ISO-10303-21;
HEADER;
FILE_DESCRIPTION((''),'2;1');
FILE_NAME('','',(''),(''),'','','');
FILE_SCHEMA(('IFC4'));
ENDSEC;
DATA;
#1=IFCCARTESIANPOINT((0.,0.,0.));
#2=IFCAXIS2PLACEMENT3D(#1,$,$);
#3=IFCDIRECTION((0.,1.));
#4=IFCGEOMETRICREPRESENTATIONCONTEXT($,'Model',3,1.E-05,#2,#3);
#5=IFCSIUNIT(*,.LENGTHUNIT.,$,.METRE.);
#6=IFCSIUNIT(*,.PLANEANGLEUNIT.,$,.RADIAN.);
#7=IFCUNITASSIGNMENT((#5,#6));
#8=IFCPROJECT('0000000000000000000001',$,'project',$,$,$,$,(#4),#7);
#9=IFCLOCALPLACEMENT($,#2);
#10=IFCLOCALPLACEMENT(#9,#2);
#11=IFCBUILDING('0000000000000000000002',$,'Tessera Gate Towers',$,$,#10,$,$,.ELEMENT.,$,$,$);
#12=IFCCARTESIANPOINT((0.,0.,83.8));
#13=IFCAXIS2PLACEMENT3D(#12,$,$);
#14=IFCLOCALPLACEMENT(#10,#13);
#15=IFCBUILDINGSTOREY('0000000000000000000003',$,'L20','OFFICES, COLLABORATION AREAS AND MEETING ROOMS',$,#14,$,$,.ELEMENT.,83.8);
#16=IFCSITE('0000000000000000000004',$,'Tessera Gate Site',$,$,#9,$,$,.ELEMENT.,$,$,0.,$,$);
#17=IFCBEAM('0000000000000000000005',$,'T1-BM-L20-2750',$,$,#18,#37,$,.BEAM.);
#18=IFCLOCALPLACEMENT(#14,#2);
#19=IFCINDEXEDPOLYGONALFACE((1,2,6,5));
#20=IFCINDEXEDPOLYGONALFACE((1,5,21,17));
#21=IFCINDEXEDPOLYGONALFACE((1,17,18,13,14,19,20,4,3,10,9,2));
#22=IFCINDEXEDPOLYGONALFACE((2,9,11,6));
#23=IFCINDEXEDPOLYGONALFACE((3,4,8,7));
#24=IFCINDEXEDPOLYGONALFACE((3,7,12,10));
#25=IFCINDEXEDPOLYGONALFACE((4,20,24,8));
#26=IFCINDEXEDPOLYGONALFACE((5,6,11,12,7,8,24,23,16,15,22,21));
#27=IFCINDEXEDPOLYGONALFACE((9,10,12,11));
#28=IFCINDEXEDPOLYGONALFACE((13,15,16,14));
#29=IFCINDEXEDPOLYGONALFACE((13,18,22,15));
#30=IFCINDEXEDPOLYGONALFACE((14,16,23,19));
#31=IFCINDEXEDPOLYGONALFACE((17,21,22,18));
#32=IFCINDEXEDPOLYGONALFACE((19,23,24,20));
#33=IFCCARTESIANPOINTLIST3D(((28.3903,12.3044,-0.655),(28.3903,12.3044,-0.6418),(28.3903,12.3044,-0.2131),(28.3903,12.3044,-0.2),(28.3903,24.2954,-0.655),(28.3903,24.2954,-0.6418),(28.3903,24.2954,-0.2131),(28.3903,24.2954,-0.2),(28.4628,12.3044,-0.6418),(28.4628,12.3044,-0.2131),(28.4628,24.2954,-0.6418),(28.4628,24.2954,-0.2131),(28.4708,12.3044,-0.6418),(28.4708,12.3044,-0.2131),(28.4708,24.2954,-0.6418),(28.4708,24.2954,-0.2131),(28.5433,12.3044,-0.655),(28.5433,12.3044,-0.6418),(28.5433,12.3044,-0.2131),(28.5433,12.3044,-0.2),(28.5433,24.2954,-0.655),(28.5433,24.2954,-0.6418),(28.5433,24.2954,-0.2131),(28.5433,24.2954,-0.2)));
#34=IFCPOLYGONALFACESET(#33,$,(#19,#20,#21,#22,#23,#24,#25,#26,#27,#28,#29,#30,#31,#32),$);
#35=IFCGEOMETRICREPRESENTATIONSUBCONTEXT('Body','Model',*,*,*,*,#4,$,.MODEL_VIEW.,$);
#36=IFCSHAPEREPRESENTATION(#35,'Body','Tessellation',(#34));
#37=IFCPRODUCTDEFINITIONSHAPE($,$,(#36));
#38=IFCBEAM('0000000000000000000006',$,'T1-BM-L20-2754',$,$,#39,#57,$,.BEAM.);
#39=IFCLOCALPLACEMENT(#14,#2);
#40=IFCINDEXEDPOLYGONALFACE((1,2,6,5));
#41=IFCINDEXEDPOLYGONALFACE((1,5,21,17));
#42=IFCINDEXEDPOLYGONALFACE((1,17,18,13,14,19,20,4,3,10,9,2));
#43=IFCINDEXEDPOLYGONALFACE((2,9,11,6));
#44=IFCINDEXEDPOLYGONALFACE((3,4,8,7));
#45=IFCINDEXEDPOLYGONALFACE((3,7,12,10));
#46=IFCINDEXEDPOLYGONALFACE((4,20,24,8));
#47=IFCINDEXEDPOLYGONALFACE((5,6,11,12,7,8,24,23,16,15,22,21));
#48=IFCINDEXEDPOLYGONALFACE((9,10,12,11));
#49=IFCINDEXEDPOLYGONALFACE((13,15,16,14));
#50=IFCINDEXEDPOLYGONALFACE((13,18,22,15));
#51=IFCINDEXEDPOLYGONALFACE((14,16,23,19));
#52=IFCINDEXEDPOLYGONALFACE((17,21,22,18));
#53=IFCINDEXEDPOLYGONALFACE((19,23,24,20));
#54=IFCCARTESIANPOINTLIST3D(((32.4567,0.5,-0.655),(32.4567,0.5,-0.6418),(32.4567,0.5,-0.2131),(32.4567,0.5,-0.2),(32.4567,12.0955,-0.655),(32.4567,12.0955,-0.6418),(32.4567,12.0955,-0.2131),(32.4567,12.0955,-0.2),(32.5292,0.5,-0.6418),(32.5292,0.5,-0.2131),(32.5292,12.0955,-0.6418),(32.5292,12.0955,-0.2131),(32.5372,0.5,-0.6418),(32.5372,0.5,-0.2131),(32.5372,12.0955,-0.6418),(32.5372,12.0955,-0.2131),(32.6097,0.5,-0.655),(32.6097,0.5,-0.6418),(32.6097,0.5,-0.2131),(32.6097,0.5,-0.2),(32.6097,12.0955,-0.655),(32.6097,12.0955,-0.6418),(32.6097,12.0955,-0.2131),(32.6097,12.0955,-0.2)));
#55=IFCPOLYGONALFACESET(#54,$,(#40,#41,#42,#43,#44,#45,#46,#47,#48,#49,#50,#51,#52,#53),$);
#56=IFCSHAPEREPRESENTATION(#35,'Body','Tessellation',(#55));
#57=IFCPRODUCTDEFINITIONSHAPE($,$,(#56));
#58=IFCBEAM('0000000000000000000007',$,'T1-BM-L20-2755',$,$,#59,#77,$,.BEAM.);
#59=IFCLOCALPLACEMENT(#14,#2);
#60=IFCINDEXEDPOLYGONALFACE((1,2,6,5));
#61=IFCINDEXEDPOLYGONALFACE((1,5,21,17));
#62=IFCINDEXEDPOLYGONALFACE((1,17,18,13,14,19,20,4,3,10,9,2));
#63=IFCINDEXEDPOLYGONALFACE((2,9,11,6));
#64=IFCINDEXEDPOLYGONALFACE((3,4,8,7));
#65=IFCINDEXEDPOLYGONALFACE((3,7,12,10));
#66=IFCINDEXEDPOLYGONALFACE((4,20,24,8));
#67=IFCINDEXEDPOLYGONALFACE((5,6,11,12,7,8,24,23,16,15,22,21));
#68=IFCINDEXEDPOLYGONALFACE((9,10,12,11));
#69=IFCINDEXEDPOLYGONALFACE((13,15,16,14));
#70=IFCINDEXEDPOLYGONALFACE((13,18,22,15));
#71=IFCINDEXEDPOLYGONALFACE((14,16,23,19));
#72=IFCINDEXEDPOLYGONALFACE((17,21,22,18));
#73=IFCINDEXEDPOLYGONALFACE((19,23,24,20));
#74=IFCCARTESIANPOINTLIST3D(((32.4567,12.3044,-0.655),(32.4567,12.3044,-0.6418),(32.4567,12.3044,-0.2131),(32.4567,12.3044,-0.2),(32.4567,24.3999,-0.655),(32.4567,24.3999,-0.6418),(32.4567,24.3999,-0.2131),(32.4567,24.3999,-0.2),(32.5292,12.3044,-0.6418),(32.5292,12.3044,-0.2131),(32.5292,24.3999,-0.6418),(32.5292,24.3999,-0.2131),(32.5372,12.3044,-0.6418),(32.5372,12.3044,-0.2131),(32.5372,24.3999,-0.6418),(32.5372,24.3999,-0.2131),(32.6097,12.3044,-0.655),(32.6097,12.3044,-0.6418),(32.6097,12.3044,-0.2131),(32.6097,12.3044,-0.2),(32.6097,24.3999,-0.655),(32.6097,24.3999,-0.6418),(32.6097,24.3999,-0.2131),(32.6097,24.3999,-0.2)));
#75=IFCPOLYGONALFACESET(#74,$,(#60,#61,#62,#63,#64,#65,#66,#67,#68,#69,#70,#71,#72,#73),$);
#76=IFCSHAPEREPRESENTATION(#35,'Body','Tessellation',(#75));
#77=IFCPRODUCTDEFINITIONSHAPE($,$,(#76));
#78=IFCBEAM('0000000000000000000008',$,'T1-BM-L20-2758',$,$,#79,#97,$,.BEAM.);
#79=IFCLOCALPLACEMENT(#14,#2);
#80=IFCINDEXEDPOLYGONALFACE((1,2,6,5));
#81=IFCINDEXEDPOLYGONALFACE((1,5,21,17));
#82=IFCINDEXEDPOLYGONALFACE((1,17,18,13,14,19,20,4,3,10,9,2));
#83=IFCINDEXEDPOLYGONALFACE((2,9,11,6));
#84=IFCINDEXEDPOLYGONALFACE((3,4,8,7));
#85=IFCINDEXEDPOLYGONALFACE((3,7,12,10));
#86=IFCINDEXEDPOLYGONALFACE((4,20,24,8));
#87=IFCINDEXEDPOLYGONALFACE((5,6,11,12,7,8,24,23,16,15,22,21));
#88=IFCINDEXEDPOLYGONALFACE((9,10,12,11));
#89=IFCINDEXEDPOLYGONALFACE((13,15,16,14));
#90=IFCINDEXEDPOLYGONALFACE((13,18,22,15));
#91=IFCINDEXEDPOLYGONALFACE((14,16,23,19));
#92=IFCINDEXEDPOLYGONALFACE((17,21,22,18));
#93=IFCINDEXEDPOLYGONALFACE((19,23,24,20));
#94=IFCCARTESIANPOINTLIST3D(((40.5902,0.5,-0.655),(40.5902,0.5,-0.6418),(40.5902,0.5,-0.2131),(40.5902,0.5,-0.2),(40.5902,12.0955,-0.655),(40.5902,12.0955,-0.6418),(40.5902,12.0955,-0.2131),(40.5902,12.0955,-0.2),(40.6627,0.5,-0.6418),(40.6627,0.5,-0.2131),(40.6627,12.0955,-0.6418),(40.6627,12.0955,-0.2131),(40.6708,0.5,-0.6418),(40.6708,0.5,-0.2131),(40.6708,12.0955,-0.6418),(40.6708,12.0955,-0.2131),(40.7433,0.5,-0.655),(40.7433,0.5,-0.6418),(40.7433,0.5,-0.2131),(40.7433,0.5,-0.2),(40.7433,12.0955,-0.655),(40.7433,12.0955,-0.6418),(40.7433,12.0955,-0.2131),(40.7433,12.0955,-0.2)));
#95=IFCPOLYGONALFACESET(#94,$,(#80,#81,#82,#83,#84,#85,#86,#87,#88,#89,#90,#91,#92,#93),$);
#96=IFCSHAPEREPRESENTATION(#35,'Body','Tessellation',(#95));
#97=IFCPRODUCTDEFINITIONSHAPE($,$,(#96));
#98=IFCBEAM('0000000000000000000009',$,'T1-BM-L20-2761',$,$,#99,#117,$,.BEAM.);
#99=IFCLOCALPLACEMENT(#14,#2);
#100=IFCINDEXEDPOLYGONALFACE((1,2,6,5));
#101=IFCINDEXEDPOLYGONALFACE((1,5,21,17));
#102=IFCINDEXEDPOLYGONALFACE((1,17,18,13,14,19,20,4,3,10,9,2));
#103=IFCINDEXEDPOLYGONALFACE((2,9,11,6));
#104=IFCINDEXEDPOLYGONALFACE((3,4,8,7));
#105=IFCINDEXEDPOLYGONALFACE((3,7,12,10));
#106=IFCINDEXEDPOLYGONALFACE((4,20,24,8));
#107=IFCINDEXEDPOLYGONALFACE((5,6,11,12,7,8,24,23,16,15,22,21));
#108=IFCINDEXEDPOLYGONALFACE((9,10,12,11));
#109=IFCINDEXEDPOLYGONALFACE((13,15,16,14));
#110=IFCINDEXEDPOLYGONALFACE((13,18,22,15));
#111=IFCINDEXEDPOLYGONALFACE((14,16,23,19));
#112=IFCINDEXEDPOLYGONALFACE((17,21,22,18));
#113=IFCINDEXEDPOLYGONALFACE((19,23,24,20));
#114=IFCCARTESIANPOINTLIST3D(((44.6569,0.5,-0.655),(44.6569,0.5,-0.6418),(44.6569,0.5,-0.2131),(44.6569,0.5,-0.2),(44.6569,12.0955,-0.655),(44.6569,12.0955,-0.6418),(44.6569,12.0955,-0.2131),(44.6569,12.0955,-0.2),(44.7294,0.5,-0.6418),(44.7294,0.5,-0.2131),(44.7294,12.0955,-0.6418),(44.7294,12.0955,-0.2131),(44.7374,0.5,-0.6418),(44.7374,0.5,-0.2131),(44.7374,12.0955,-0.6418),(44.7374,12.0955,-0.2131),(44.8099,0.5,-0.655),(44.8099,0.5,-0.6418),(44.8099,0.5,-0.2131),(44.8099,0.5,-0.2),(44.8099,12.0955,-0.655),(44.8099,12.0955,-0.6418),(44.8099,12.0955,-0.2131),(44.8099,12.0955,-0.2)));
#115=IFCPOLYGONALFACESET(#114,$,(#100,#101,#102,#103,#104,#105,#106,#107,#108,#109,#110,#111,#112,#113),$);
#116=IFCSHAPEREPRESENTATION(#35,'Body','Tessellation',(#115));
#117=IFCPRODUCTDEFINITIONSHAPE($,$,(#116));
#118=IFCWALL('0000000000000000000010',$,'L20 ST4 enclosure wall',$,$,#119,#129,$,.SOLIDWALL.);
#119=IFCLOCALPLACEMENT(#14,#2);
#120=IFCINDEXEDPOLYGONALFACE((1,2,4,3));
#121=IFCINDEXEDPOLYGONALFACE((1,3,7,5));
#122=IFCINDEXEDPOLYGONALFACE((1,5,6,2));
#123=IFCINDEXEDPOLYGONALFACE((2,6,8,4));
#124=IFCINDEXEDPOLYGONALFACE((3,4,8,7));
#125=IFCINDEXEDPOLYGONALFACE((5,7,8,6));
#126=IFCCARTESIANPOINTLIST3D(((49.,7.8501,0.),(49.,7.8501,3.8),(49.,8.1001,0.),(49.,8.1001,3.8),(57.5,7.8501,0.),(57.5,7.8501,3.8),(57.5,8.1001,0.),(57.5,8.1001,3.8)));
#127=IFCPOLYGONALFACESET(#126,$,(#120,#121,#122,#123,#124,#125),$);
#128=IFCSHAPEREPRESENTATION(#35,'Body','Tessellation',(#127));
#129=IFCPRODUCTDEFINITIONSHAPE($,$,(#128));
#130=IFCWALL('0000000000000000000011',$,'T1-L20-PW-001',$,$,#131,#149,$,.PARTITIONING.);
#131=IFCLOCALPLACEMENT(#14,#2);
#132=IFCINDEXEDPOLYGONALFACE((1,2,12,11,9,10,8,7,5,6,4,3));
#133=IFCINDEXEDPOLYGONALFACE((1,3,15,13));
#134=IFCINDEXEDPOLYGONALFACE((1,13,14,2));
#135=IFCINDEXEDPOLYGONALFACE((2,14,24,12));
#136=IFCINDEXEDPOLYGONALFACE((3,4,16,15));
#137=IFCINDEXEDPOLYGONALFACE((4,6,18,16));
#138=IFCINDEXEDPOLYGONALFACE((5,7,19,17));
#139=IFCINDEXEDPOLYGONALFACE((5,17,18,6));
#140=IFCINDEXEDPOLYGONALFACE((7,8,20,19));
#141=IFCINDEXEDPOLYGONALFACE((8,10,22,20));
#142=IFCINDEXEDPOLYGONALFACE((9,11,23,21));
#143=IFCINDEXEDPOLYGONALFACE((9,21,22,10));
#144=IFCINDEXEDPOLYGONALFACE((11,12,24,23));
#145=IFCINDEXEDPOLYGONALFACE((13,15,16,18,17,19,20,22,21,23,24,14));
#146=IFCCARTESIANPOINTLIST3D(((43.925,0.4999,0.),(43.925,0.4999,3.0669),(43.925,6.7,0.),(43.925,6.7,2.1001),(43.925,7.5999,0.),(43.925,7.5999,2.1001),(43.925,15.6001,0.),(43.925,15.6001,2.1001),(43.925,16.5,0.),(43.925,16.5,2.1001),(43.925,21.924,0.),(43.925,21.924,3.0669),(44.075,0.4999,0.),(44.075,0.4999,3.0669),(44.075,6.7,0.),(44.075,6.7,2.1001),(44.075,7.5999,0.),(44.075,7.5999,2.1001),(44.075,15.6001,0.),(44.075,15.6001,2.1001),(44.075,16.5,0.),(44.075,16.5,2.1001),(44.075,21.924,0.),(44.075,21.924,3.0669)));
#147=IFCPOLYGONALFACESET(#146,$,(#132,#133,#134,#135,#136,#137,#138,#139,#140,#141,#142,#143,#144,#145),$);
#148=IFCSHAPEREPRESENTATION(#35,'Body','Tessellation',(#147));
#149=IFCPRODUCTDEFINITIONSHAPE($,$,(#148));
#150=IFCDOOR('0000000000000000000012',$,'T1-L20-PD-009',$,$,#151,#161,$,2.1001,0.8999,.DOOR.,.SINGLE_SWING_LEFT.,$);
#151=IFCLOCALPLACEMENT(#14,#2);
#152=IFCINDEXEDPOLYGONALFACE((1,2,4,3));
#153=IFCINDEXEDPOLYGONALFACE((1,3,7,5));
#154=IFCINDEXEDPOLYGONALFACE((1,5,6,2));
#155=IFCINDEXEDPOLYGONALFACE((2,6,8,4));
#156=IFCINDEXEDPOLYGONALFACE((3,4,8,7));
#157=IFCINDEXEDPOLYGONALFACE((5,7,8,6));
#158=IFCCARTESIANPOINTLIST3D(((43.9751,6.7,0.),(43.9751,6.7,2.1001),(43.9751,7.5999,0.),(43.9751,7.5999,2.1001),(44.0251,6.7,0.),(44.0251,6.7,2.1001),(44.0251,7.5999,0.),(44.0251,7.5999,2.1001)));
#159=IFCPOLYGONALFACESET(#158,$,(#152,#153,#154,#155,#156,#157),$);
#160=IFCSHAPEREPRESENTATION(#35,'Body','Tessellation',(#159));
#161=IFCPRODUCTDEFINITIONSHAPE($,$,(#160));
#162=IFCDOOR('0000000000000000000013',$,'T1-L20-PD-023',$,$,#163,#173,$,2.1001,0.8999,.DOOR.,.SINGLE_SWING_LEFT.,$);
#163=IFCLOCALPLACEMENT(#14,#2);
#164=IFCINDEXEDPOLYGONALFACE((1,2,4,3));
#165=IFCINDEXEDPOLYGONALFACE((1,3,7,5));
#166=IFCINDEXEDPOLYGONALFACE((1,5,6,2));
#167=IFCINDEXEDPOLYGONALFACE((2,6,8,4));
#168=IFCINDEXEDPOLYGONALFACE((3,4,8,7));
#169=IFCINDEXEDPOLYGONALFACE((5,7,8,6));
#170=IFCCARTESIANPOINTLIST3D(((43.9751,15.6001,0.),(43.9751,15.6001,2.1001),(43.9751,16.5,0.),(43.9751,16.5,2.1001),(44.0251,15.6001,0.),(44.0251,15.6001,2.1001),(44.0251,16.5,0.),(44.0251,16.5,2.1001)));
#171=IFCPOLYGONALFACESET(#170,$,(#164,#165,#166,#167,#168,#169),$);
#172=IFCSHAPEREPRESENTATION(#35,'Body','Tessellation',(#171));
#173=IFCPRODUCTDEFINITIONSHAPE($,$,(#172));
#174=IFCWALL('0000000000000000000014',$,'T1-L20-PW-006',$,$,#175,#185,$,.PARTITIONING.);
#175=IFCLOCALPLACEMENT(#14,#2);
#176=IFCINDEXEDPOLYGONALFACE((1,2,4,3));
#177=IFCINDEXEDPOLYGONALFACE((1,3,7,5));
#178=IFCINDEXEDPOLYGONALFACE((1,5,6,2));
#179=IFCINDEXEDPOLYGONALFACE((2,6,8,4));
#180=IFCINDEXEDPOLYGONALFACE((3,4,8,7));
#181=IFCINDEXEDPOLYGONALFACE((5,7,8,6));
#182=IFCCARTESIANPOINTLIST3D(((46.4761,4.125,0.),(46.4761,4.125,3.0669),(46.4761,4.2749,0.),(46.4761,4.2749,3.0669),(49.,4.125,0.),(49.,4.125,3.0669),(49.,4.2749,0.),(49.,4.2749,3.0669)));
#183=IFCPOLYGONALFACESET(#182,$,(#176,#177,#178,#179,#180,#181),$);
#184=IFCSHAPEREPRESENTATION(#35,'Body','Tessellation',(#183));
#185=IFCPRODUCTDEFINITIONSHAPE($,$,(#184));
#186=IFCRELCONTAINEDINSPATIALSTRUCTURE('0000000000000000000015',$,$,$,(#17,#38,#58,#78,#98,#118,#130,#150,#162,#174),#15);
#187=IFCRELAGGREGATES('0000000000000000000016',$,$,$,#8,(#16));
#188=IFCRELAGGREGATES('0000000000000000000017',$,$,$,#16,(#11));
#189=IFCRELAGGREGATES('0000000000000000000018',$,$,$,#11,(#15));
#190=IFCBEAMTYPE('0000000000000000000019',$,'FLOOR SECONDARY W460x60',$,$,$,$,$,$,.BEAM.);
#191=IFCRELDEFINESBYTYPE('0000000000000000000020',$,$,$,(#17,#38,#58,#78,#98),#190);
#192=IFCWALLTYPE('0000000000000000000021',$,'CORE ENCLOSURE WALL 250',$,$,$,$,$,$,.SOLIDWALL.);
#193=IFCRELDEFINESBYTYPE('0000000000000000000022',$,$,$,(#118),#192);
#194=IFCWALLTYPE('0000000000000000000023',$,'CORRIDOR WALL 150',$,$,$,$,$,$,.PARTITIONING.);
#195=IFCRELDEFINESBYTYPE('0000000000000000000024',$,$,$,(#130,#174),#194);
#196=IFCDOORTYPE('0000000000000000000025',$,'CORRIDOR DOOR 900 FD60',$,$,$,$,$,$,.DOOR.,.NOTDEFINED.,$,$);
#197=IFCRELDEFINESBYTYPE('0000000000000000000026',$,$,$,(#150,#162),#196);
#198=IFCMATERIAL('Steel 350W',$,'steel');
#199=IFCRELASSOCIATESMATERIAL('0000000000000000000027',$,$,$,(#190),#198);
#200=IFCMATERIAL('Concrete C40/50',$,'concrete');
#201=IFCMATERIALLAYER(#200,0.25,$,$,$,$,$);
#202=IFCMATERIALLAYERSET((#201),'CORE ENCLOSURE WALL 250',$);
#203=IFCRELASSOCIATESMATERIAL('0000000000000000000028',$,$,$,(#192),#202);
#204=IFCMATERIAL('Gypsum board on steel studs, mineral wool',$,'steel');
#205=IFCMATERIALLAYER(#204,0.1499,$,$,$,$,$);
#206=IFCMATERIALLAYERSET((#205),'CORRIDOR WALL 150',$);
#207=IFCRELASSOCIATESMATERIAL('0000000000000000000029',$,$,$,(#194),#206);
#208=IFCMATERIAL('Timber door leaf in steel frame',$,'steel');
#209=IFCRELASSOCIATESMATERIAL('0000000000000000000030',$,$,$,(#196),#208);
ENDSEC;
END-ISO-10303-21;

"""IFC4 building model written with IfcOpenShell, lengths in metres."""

from ifc_helpers import new_model, si_unit, direction, frame, frame_2d, origin, origin_2d, place, context, subcontext, project, spatial, rectangle, i_section, extrude, source, transform, mapped, material, layer, layer_set, material_profile, profile_set, type_object, element, fill, save


model = new_model("IFC4")

# Units and contexts
model_context = context("Model", 3, precision=1e-05, world=origin(), true_north=direction((0.0, 1.0)))
body_context = subcontext(model_context, "Body", "Model", "MODEL_VIEW")
ifc_project = project(units=[si_unit("LENGTHUNIT", "METRE"), si_unit("PLANEANGLEUNIT", "RADIAN")], contexts=[model_context])

# Site, building, storey
site_placement = place(None, origin())
site = spatial("IfcSite", under=ifc_project, at=site_placement, Name="Tessera Gate Site", CompositionType="ELEMENT", RefElevation=0.0)
building_placement = place(site_placement, origin())
building = spatial("IfcBuilding", under=site, at=building_placement, Name="Tessera Gate Towers", CompositionType="ELEMENT")
storey_placement = place(building_placement, frame((0.0, 0.0, 83.8)))
storey = spatial("IfcBuildingStorey", under=building, at=storey_placement, Name="L20", Description="OFFICES, COLLABORATION AREAS AND MEETING ROOMS", CompositionType="ELEMENT", Elevation=83.8)

# Beams
ifc_material_1 = material(Name="Steel 350W", Category="steel")
ifc_material_profile_1 = material_profile(ifc_material_1, i_section(OverallWidth=0.1531, OverallDepth=0.4551, WebThickness=0.0081, FlangeThickness=0.0132, at=origin_2d()), Name="W460x60")
ifc_profile_set_1 = profile_set([ifc_material_profile_1], Name="Steel 350W")
beam_type_1 = type_object("IfcBeamType", Name="FLOOR SECONDARY W460x60", PredefinedType="BEAM", material=ifc_profile_set_1)
beam_1_placement = place(storey_placement, frame((28.4668, 12.3044, -0.4275), z_axis=(0.0, 1.0, 0.0), x_axis=(-1.0, 0.0, 0.0)))
element("IfcBeam", 1, at=beam_1_placement, inside=storey, type_object=beam_type_1, Name="T1-BM-L20-2750", PredefinedType="BEAM", context=body_context, shape_type="SweptSolid", body=[
    extrude(i_section(OverallWidth=0.1531, OverallDepth=0.4551, WebThickness=0.0081, FlangeThickness=0.0132, at=origin_2d()), origin(), (0.0, 0.0, 1.0), 11.991),
])
beam_2_placement = place(storey_placement, frame((32.5332, 0.5, -0.4275), z_axis=(0.0, 1.0, 0.0), x_axis=(-1.0, 0.0, 0.0)))
element("IfcBeam", 2, at=beam_2_placement, inside=storey, type_object=beam_type_1, Name="T1-BM-L20-2754", PredefinedType="BEAM", context=body_context, shape_type="SweptSolid", body=[
    extrude(i_section(OverallWidth=0.1531, OverallDepth=0.4551, WebThickness=0.0081, FlangeThickness=0.0132, at=origin_2d()), origin(), (0.0, 0.0, 1.0), 11.5955),
])
beam_3_placement = place(storey_placement, frame((32.5332, 12.3044, -0.4275), z_axis=(0.0, 1.0, 0.0), x_axis=(-1.0, 0.0, 0.0)))
element("IfcBeam", 3, at=beam_3_placement, inside=storey, type_object=beam_type_1, Name="T1-BM-L20-2755", PredefinedType="BEAM", context=body_context, shape_type="SweptSolid", body=[
    extrude(i_section(OverallWidth=0.1531, OverallDepth=0.4551, WebThickness=0.0081, FlangeThickness=0.0132, at=origin_2d()), origin(), (0.0, 0.0, 1.0), 12.0955),
])
for number, where, z_axis, x_axis, name in (
    (4, (40.6667, 0.5, -0.4275), (0.0, 1.0, 0.0), (-1.0, 0.0, 0.0), "T1-BM-L20-2758"),
    (5, (44.7334, 0.5, -0.4275), (0.0, 1.0, 0.0), (-1.0, 0.0, 0.0), "T1-BM-L20-2761"),
):
    element("IfcBeam", number, at=place(storey_placement, frame(where, z_axis=z_axis, x_axis=x_axis)), inside=storey, type_object=beam_type_1, Name=name, PredefinedType="BEAM", context=body_context, shape_type="SweptSolid", body=[
        extrude(i_section(OverallWidth=0.1531, OverallDepth=0.4551, WebThickness=0.0081, FlangeThickness=0.0132, at=origin_2d()), origin(), (0.0, 0.0, 1.0), 11.5955),
    ])

# Wall
ifc_material_2 = material(Name="Concrete C40/50", Category="concrete")
ifc_layer_1 = layer(ifc_material_2, 0.25)
ifc_layer_set_1 = layer_set([ifc_layer_1], Name="CORE ENCLOSURE WALL 250")
wall_type_1 = type_object("IfcWallType", Name="CORE ENCLOSURE WALL 250", PredefinedType="SOLIDWALL", material=ifc_layer_set_1)
wall_1_placement = place(storey_placement, frame((49.0, 7.9751, 0.0), z_axis=(0.0, 0.0, 1.0), x_axis=(1.0, 0.0, 0.0)))
element("IfcWall", 6, at=wall_1_placement, inside=storey, type_object=wall_type_1, Name="L20 ST4 enclosure wall", PredefinedType="SOLIDWALL", context=body_context, shape_type="SweptSolid", body=[
    extrude(rectangle(XDim=8.5, YDim=0.25, at=frame_2d((4.25, 0.0))), origin(), (0.0, 0.0, 1.0), 3.8),
])

# Wall, openings, doors
ifc_material_3 = material(Name="Gypsum board on steel studs, mineral wool", Category="steel")
ifc_layer_2 = layer(ifc_material_3, 0.1499)
ifc_layer_set_2 = layer_set([ifc_layer_2], Name="CORRIDOR WALL 150")
wall_type_2 = type_object("IfcWallType", Name="CORRIDOR WALL 150", PredefinedType="PARTITIONING", material=ifc_layer_set_2)
wall_2_placement = place(storey_placement, frame((44.0, 0.5, 0.0), z_axis=(0.0, 0.0, 1.0), x_axis=(0.0, 1.0, 0.0)))
wall_2 = element("IfcWall", 7, at=wall_2_placement, inside=storey, type_object=wall_type_2, Name="T1-L20-PW-001", PredefinedType="PARTITIONING", context=body_context, shape_type="SweptSolid", body=[
    extrude(rectangle(XDim=21.4241, YDim=0.1499, at=frame_2d((10.7119, 0.0))), origin(), (0.0, 0.0, 1.0), 3.0669),
])
shared_shape_1 = source(origin(), body_context, "Body", "SweptSolid", [
    extrude(rectangle(XDim=0.8999, YDim=2.1001, at=frame_2d((0.45, 1.05))), frame((0.0, 0.085, 0.0), z_axis=(0.0, -1.0, 0.0), x_axis=(1.0, 0.0, 0.0)), (0.0, 0.0, 1.0), 0.1699),
])
opening_1_placement = place(wall_2_placement, frame((6.2, 0.0, 0.0)))
opening_1 = element("IfcOpeningElement", 8, at=opening_1_placement, cuts=wall_2, PredefinedType="OPENING", context=body_context, shape_type="MappedRepresentation", body=[
    mapped(shared_shape_1, transform((0.0, 0.0, 0.0), scale=1.0)),
])
opening_2_placement = place(wall_2_placement, frame((15.1001, 0.0, 0.0)))
opening_2 = element("IfcOpeningElement", 9, at=opening_2_placement, cuts=wall_2, PredefinedType="OPENING", context=body_context, shape_type="MappedRepresentation", body=[
    mapped(shared_shape_1, transform((0.0, 0.0, 0.0), scale=1.0)),
])
ifc_material_4 = material(Name="Timber door leaf in steel frame", Category="steel")
door_type_1 = type_object("IfcDoorType", Name="CORRIDOR DOOR 900 FD60", OperationType="NOTDEFINED", PredefinedType="DOOR", material=ifc_material_4)
shared_shape_2 = source(origin(), body_context, "Body", "SweptSolid", [
    extrude(rectangle(XDim=0.8999, YDim=2.1001, at=frame_2d((0.45, 1.05))), frame((0.0, 0.0249, 0.0), z_axis=(0.0, -1.0, 0.0), x_axis=(1.0, 0.0, 0.0)), (0.0, 0.0, 1.0), 0.05),
])
door_1_placement = place(opening_1_placement, origin())
door_1 = element("IfcDoor", 10, at=door_1_placement, inside=storey, type_object=door_type_1, Name="T1-L20-PD-009", OperationType="SINGLE_SWING_LEFT", OverallHeight=2.1001, OverallWidth=0.8999, PredefinedType="DOOR", context=body_context, shape_type="MappedRepresentation", body=[
    mapped(shared_shape_2, transform((0.0, 0.0, 0.0), scale=1.0)),
])
fill(opening_1, door_1)
door_2_placement = place(opening_2_placement, origin())
door_2 = element("IfcDoor", 11, at=door_2_placement, inside=storey, type_object=door_type_1, Name="T1-L20-PD-023", OperationType="SINGLE_SWING_LEFT", OverallHeight=2.1001, OverallWidth=0.8999, PredefinedType="DOOR", context=body_context, shape_type="MappedRepresentation", body=[
    mapped(shared_shape_2, transform((0.0, 0.0, 0.0), scale=1.0)),
])
fill(opening_2, door_2)

# Wall
wall_3_placement = place(storey_placement, frame((46.4761, 4.2, 0.0), z_axis=(0.0, 0.0, 1.0), x_axis=(1.0, 0.0, 0.0)))
element("IfcWall", 12, at=wall_3_placement, inside=storey, type_object=wall_type_2, Name="T1-L20-PW-006", PredefinedType="PARTITIONING", context=body_context, shape_type="SweptSolid", body=[
    extrude(rectangle(XDim=2.5239, YDim=0.1499, at=frame_2d((1.262, 0.0))), origin(), (0.0, 0.0, 1.0), 3.0669),
])

save(model, "model.ifc")
